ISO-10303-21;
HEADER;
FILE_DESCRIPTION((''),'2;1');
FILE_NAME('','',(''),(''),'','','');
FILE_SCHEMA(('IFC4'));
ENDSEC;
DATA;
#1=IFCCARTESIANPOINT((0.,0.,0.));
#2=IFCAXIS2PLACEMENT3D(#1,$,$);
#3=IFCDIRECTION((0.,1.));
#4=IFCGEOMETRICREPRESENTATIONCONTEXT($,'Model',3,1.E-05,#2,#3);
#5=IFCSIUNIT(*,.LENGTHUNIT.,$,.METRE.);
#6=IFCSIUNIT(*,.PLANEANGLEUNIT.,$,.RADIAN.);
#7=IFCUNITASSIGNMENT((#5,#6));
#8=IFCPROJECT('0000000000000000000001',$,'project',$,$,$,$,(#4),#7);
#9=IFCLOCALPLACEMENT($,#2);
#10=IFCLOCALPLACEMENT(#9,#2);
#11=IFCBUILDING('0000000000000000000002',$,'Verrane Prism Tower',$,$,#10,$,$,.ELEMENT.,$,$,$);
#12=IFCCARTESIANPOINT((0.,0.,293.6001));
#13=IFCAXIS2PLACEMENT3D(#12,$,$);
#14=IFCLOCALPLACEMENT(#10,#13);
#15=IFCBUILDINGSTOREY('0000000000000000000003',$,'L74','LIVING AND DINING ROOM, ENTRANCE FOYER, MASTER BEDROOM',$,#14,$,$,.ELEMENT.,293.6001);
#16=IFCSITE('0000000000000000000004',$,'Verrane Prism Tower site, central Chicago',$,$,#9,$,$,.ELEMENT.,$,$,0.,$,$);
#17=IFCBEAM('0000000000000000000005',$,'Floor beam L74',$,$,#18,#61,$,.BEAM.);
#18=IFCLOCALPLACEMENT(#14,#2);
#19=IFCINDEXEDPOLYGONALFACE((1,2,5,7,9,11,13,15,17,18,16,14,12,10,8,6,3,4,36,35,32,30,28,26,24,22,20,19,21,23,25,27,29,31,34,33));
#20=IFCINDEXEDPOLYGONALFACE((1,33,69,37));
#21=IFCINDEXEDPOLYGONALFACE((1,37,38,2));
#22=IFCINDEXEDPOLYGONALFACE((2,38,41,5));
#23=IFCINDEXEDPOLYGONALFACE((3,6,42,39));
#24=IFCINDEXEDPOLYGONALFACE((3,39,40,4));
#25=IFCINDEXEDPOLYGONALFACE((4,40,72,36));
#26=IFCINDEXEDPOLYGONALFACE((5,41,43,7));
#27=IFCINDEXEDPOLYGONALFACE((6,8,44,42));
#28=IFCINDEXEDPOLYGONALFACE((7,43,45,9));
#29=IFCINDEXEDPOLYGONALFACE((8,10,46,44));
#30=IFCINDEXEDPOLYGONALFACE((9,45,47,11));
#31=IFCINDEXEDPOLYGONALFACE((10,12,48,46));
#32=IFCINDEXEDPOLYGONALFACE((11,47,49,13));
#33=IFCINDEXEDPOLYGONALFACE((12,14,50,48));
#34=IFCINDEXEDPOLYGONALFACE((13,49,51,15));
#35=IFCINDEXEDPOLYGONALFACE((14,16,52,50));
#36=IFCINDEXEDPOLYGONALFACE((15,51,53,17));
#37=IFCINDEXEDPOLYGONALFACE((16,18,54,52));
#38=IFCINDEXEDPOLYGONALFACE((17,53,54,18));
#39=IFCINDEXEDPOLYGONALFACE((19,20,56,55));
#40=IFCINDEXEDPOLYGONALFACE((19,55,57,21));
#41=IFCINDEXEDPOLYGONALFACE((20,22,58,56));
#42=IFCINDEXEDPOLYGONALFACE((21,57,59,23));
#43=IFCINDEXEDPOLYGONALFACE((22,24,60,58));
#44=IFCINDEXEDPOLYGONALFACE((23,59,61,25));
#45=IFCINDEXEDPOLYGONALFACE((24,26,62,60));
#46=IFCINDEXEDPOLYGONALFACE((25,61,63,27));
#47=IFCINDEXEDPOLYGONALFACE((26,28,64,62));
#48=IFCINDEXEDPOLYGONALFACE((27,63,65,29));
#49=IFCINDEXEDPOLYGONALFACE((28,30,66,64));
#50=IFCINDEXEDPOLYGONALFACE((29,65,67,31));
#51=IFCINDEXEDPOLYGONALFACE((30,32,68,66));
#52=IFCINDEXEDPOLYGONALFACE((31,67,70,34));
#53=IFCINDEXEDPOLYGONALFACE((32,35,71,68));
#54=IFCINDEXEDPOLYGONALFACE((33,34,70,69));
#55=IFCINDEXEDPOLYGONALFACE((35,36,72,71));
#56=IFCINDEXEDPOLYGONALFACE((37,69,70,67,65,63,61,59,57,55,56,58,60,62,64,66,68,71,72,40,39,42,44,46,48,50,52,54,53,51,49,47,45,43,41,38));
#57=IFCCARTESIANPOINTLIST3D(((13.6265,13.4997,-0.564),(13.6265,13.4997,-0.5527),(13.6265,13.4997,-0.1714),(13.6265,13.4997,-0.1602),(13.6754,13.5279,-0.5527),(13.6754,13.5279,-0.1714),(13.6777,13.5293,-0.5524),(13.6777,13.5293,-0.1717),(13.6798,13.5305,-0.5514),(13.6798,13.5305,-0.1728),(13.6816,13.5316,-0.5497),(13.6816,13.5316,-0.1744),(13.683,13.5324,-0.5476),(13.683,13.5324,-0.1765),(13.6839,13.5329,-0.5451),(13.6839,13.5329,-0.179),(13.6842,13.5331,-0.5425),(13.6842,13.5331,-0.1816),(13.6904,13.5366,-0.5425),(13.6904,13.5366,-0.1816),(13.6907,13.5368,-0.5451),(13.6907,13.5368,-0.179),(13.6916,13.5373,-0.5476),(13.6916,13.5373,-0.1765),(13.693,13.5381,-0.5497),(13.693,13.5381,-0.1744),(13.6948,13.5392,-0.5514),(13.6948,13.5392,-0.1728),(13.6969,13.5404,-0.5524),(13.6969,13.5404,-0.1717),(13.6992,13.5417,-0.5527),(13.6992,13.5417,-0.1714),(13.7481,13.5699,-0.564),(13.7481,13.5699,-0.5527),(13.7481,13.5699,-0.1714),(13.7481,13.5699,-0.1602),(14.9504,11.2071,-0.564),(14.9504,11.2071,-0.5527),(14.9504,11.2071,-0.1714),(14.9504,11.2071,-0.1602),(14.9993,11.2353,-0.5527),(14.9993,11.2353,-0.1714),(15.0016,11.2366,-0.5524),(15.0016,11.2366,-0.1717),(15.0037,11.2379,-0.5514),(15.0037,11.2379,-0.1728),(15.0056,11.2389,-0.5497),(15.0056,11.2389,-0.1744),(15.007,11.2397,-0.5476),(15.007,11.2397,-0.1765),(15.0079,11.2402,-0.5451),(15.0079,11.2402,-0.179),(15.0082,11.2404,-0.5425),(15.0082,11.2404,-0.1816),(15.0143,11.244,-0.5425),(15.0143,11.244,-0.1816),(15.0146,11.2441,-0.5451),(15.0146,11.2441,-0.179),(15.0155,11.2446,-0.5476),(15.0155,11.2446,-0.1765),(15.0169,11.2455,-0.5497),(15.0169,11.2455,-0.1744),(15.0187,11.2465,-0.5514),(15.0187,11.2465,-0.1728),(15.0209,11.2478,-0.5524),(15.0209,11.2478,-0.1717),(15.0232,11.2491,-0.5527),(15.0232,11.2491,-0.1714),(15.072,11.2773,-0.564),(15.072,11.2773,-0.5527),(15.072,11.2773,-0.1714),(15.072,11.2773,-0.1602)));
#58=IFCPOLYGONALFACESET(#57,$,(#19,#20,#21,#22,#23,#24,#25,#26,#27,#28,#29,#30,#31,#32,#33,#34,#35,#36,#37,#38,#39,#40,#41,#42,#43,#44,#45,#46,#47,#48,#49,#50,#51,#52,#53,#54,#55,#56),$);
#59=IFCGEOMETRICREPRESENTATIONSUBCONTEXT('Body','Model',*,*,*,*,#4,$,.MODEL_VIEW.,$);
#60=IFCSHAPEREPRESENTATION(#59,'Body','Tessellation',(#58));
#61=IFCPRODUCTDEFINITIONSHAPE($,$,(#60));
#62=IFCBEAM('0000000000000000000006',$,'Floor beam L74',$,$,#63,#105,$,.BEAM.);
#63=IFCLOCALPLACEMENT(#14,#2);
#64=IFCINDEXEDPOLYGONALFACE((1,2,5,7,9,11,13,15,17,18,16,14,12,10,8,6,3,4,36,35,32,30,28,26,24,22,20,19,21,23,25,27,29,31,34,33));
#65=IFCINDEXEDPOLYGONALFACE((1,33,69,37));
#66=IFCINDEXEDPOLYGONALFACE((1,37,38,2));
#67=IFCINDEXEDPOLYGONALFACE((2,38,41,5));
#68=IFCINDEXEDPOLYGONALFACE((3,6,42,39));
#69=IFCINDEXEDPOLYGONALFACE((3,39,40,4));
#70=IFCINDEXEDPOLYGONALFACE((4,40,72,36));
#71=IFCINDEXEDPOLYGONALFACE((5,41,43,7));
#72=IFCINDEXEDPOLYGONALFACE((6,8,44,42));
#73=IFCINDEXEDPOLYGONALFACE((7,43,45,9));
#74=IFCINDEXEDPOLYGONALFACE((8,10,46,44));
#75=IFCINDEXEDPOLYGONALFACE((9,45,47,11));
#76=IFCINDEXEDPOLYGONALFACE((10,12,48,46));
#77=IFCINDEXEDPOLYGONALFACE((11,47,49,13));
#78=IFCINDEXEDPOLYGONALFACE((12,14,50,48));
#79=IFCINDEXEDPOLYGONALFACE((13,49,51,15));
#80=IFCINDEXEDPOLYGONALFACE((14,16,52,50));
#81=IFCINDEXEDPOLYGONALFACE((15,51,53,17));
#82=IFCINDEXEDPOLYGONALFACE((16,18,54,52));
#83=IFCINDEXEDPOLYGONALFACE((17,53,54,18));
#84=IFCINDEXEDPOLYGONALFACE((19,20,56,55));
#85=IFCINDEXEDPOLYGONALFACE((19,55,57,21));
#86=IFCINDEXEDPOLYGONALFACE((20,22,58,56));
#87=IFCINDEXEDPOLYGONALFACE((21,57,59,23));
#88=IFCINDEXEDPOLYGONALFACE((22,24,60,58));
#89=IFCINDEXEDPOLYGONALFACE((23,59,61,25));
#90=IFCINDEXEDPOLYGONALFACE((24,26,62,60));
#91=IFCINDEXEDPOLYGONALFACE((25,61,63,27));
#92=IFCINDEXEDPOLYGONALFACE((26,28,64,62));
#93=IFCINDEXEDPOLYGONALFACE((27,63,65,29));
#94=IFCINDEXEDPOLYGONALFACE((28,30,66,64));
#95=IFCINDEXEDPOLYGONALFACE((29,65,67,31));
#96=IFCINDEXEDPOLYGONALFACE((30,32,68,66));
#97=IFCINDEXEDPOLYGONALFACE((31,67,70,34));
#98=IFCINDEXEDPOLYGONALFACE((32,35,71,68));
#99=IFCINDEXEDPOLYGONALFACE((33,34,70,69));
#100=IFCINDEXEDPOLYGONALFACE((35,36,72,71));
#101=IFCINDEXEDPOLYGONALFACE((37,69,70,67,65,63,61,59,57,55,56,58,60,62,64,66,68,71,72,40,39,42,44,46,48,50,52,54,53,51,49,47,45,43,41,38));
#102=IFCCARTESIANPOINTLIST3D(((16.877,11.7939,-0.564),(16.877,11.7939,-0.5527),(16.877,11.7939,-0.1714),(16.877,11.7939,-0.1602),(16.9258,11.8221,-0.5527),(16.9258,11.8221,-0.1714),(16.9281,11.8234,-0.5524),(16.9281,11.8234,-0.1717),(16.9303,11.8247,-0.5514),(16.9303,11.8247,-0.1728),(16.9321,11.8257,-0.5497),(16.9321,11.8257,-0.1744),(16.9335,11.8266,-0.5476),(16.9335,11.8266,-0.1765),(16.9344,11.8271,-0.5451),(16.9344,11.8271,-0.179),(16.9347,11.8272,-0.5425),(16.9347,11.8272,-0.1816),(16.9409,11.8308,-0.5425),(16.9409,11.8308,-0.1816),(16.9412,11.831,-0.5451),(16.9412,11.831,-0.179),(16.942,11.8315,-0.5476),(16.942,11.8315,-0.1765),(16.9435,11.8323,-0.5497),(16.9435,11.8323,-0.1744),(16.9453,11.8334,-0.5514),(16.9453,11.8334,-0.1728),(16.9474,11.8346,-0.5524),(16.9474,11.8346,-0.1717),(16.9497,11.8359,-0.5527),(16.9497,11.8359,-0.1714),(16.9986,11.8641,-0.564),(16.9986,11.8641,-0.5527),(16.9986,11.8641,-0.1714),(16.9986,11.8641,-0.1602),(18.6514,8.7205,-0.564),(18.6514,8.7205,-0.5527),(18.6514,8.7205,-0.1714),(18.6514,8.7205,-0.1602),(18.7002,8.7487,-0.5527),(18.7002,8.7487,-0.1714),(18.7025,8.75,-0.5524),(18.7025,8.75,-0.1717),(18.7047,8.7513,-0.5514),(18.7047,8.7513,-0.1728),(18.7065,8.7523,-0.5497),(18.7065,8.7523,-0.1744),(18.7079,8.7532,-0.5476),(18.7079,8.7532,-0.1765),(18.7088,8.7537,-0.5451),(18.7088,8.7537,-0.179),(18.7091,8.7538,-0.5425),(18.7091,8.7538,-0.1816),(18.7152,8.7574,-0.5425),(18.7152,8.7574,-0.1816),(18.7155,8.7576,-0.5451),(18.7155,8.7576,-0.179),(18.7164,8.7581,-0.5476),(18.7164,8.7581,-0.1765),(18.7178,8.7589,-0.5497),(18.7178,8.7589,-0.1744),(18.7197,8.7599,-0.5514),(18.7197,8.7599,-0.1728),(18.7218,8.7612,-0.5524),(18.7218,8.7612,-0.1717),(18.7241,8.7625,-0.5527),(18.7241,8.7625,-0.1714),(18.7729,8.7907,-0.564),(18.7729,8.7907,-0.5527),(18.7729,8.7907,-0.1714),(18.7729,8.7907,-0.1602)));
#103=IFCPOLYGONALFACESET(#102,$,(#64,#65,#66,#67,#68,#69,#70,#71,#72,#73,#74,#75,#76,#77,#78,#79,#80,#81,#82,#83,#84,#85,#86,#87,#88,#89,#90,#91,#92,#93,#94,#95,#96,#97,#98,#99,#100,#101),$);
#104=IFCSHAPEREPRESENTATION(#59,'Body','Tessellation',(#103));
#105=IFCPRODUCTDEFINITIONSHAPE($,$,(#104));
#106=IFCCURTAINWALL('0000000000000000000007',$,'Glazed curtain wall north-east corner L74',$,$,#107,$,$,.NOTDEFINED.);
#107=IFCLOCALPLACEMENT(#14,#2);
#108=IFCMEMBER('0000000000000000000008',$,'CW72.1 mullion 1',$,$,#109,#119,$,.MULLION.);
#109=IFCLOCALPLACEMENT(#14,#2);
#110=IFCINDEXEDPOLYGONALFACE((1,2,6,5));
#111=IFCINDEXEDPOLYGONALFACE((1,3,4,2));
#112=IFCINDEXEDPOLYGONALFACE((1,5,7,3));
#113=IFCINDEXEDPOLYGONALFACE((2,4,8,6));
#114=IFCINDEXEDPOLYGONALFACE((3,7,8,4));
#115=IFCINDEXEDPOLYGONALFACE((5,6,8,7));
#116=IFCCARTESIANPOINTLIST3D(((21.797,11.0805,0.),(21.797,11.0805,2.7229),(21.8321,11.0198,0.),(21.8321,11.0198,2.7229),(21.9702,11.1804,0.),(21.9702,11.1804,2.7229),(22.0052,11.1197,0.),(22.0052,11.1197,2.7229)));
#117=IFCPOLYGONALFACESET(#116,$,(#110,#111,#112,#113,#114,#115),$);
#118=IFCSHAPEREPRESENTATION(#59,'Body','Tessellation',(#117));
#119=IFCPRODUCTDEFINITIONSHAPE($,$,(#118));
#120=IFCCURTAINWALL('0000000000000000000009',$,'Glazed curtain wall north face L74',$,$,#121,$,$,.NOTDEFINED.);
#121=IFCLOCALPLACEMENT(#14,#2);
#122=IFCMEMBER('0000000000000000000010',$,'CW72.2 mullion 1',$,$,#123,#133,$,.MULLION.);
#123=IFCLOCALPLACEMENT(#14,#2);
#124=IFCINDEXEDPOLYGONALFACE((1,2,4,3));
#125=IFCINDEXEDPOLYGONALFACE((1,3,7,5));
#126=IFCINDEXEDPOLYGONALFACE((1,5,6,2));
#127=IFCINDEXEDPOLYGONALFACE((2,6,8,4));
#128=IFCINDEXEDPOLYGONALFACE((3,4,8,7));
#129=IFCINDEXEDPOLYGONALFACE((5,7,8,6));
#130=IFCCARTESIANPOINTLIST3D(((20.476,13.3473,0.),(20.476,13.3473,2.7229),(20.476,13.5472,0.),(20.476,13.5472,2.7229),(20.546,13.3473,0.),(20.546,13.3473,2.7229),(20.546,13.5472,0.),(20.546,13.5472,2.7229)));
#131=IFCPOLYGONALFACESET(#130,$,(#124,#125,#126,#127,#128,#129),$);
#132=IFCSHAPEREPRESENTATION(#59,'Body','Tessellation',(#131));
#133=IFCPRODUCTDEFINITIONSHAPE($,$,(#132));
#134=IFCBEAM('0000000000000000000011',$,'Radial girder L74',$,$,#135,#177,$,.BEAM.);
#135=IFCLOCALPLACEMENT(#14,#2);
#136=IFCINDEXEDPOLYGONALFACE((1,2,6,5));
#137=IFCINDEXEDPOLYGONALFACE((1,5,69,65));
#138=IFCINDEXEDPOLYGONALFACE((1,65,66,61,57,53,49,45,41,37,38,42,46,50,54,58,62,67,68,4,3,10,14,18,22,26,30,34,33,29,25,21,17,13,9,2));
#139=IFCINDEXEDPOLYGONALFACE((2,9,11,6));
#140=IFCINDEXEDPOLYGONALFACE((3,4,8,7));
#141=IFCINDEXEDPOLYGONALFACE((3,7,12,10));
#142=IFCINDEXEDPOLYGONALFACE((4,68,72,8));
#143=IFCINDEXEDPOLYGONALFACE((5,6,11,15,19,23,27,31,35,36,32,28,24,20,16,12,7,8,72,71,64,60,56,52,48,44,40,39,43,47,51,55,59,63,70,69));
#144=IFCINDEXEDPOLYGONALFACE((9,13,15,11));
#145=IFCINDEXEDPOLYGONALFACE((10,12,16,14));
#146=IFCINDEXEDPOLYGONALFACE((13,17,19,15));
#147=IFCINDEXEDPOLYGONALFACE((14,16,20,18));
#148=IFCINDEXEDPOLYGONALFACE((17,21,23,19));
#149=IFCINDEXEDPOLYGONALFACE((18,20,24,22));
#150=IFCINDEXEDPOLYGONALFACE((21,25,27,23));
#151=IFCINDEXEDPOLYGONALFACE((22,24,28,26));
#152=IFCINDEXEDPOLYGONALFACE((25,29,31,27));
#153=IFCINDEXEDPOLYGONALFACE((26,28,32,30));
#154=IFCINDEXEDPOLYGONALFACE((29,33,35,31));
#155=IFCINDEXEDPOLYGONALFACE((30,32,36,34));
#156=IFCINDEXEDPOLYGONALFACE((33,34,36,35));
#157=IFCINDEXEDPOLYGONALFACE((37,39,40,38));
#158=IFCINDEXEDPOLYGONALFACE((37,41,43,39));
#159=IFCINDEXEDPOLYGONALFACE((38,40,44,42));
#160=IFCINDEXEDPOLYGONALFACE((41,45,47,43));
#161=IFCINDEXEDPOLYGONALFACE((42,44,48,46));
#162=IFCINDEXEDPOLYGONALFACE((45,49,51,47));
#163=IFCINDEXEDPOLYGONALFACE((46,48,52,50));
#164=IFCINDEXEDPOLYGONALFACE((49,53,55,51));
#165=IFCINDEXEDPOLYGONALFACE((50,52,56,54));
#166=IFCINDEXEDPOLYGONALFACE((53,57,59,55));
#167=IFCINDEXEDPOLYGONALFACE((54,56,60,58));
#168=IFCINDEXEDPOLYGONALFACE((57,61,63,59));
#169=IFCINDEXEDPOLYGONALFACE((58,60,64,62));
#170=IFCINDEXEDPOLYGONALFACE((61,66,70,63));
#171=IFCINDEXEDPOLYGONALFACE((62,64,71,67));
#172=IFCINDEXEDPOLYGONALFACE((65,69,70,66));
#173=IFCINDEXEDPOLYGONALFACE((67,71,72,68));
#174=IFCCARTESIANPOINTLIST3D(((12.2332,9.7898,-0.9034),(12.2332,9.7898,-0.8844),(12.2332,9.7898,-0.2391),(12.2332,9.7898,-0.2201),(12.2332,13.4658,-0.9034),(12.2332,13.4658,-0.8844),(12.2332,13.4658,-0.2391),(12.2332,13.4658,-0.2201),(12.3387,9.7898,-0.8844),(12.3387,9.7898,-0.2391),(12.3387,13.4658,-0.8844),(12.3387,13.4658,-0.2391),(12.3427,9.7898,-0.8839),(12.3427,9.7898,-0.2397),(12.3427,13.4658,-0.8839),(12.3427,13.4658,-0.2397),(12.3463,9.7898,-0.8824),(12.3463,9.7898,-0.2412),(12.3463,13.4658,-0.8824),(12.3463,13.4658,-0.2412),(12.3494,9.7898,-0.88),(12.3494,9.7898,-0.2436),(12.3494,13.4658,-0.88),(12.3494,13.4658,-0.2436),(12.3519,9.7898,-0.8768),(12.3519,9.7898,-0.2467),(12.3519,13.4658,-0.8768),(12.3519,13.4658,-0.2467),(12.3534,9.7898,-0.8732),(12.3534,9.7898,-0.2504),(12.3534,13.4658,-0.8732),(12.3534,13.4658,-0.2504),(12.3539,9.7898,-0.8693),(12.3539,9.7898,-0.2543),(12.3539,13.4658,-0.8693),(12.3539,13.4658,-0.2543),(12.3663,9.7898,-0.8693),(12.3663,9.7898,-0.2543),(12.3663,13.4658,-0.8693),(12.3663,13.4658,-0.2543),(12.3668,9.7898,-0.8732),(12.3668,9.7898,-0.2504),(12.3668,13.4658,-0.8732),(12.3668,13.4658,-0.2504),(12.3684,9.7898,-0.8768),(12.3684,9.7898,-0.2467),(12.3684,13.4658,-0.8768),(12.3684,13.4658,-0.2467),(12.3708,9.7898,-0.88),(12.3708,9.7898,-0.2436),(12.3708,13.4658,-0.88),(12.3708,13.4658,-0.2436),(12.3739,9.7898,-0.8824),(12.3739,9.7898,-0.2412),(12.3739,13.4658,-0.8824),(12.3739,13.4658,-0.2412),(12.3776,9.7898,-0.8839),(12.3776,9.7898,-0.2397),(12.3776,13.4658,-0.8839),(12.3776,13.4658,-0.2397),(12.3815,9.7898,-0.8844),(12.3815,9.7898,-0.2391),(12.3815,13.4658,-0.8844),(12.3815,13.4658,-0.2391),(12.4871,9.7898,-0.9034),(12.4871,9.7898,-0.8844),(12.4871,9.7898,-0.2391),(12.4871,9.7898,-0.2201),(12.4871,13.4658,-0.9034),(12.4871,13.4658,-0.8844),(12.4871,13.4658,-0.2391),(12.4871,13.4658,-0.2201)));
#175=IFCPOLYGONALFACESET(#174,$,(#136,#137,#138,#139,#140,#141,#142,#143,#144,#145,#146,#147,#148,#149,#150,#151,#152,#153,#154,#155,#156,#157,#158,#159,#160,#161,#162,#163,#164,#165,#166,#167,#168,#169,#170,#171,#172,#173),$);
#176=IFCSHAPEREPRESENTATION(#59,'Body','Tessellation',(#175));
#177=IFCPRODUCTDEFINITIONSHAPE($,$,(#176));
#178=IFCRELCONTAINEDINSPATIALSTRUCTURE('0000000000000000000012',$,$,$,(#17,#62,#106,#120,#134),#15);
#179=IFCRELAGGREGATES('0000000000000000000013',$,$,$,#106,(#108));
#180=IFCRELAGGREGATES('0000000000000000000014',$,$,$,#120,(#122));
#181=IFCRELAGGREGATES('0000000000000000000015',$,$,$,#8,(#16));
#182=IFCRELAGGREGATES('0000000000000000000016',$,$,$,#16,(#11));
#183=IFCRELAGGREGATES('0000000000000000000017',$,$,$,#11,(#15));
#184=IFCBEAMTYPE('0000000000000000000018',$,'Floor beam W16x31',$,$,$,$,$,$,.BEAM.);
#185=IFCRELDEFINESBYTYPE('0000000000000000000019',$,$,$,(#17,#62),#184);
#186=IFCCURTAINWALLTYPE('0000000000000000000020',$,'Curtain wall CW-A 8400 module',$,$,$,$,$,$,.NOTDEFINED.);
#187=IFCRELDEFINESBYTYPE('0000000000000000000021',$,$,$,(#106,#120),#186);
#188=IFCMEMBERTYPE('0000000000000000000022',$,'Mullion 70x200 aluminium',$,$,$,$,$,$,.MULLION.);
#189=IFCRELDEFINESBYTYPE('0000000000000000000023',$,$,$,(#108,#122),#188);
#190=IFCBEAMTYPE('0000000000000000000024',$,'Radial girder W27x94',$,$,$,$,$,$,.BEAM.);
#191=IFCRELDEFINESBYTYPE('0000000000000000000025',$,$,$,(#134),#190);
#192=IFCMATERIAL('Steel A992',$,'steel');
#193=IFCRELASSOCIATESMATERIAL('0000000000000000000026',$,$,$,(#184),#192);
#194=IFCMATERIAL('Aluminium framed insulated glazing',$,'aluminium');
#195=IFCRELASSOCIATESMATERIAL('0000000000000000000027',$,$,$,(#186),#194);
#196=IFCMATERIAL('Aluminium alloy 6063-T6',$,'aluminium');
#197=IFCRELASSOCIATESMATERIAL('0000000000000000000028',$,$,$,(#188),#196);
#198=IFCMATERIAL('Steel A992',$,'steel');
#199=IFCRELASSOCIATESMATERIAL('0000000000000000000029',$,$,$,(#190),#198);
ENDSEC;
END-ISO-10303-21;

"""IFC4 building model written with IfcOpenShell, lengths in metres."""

from ifc_helpers import new_model, si_unit, direction, frame, origin, origin_2d, place, context, subcontext, project, spatial, rectangle, i_section, extrude, material, material_profile, profile_set, type_object, element, aggregate, save


model = new_model("IFC4")

# Units and contexts
model_context = context("Model", 3, precision=1e-05, world=origin(), true_north=direction((0.0, 1.0)))
body_context = subcontext(model_context, "Body", "Model", "MODEL_VIEW")
ifc_project = project(units=[si_unit("LENGTHUNIT", "METRE"), si_unit("PLANEANGLEUNIT", "RADIAN")], contexts=[model_context])

# Site, building, storey
site_placement = place(None, origin())
site = spatial("IfcSite", under=ifc_project, at=site_placement, Name="Verrane Prism Tower site, central Chicago", CompositionType="ELEMENT", RefElevation=0.0)
building_placement = place(site_placement, origin())
building = spatial("IfcBuilding", under=site, at=building_placement, Name="Verrane Prism Tower", CompositionType="ELEMENT")
storey_placement = place(building_placement, frame((0.0, 0.0, 293.6001)))
storey = spatial("IfcBuildingStorey", under=building, at=storey_placement, Name="L74", Description="LIVING AND DINING ROOM, ENTRANCE FOYER, MASTER BEDROOM", CompositionType="ELEMENT", Elevation=293.6001)

# Beams
ifc_material_1 = material(Name="Steel A992", Category="steel")
ifc_material_profile_1 = material_profile(ifc_material_1, i_section(OverallWidth=0.1404, OverallDepth=0.4038, WebThickness=0.0071, FlangeThickness=0.0112, FilletRadius=0.0103, at=origin_2d()), Name="W16x31")
ifc_profile_set_1 = profile_set([ifc_material_profile_1], Name="Steel A992")
beam_type_1 = type_object("IfcBeamType", Name="Floor beam W16x31", PredefinedType="BEAM", material=ifc_profile_set_1)
beam_1_placement = place(storey_placement, frame((15.0112, 11.2422, -0.3621), z_axis=(-0.500076, 0.865981, 0.0), x_axis=(-0.865981, -0.500076, 0.0)))
element("IfcBeam", 1, at=beam_1_placement, inside=storey, type_object=beam_type_1, Name="Floor beam L74", PredefinedType="BEAM", context=body_context, shape_type="SweptSolid", body=[
    extrude(i_section(OverallWidth=0.1404, OverallDepth=0.4038, WebThickness=0.0071, FlangeThickness=0.0112, FilletRadius=0.0103, at=origin_2d()), origin(), (0.0, 0.0, 1.0), 2.6475),
])
beam_2_placement = place(storey_placement, frame((18.7122, 8.7556, -0.3621), z_axis=(-0.499986, 0.866033, 0.0), x_axis=(-0.866033, -0.499986, 0.0)))
element("IfcBeam", 2, at=beam_2_placement, inside=storey, type_object=beam_type_1, Name="Floor beam L74", PredefinedType="BEAM", context=body_context, shape_type="SweptSolid", body=[
    extrude(i_section(OverallWidth=0.1404, OverallDepth=0.4038, WebThickness=0.0071, FlangeThickness=0.0112, FilletRadius=0.0103, at=origin_2d()), origin(), (0.0, 0.0, 1.0), 3.5488),
])

# Curtain walls, members
ifc_material_2 = material(Name="Aluminium framed insulated glazing", Category="aluminium")
curtain_wall_type = type_object("IfcCurtainWallType", Name="Curtain wall CW-A 8400 module", PredefinedType="NOTDEFINED", material=ifc_material_2)
curtain_wall_1_placement = place(storey_placement, origin())
curtain_wall_1 = element("IfcCurtainWall", 3, at=curtain_wall_1_placement, inside=storey, type_object=curtain_wall_type, Name="Glazed curtain wall north-east corner L74", PredefinedType="NOTDEFINED")
ifc_material_3 = material(Name="Aluminium alloy 6063-T6", Category="aluminium")
ifc_material_profile_2 = material_profile(ifc_material_3, rectangle(XDim=0.2, YDim=0.0701, at=origin_2d()), Name="Mullion 70x200 aluminium")
ifc_profile_set_2 = profile_set([ifc_material_profile_2], Name="Aluminium alloy 6063-T6")
member_type_1 = type_object("IfcMemberType", Name="Mullion 70x200 aluminium", PredefinedType="MULLION", material=ifc_profile_set_2)
member_1_placement = place(storey_placement, frame((21.9011, 11.1001, 0.0), z_axis=(0.0, 0.0, 1.0), x_axis=(-0.866024, -0.500002, 0.0)))
member_1 = element("IfcMember", 4, at=member_1_placement, type_object=member_type_1, Name="CW72.1 mullion 1", PredefinedType="MULLION", context=body_context, shape_type="SweptSolid", body=[
    extrude(rectangle(XDim=0.2, YDim=0.0701, at=origin_2d()), origin(), (0.0, 0.0, 1.0), 2.7229),
])
curtain_wall_2_placement = place(storey_placement, origin())
curtain_wall_2 = element("IfcCurtainWall", 5, at=curtain_wall_2_placement, inside=storey, type_object=curtain_wall_type, Name="Glazed curtain wall north face L74", PredefinedType="NOTDEFINED")
member_2_placement = place(storey_placement, frame((20.511, 13.4473, 0.0), z_axis=(0.0, 0.0, 1.0), x_axis=(0.0, -1.0, 0.0)))
member_2 = element("IfcMember", 6, at=member_2_placement, type_object=member_type_1, Name="CW72.2 mullion 1", PredefinedType="MULLION", context=body_context, shape_type="SweptSolid", body=[
    extrude(rectangle(XDim=0.2, YDim=0.0701, at=origin_2d()), origin(), (0.0, 0.0, 1.0), 2.7229),
])

# Beam
ifc_material_4 = material(Name="Steel A992", Category="steel")
ifc_material_profile_3 = material_profile(ifc_material_4, i_section(OverallWidth=0.2539, OverallDepth=0.6833, WebThickness=0.0125, FlangeThickness=0.019, FilletRadius=0.0151, at=origin_2d()), Name="W27x94")
ifc_profile_set_3 = profile_set([ifc_material_profile_3], Name="Steel A992")
beam_type_2 = type_object("IfcBeamType", Name="Radial girder W27x94", PredefinedType="BEAM", material=ifc_profile_set_3)
beam_3_placement = place(storey_placement, frame((12.3601, 13.4658, -0.5618), z_axis=(0.0, -1.0, 0.0), x_axis=(1.0, 0.0, 0.0)))
element("IfcBeam", 7, at=beam_3_placement, inside=storey, type_object=beam_type_2, Name="Radial girder L74", PredefinedType="BEAM", context=body_context, shape_type="SweptSolid", body=[
    extrude(i_section(OverallWidth=0.2539, OverallDepth=0.6833, WebThickness=0.0125, FlangeThickness=0.019, FilletRadius=0.0151, at=origin_2d()), origin(), (0.0, 0.0, 1.0), 3.676),
])

aggregate(curtain_wall_1, [member_1])
aggregate(curtain_wall_2, [member_2])

save(model, "model.ifc")
